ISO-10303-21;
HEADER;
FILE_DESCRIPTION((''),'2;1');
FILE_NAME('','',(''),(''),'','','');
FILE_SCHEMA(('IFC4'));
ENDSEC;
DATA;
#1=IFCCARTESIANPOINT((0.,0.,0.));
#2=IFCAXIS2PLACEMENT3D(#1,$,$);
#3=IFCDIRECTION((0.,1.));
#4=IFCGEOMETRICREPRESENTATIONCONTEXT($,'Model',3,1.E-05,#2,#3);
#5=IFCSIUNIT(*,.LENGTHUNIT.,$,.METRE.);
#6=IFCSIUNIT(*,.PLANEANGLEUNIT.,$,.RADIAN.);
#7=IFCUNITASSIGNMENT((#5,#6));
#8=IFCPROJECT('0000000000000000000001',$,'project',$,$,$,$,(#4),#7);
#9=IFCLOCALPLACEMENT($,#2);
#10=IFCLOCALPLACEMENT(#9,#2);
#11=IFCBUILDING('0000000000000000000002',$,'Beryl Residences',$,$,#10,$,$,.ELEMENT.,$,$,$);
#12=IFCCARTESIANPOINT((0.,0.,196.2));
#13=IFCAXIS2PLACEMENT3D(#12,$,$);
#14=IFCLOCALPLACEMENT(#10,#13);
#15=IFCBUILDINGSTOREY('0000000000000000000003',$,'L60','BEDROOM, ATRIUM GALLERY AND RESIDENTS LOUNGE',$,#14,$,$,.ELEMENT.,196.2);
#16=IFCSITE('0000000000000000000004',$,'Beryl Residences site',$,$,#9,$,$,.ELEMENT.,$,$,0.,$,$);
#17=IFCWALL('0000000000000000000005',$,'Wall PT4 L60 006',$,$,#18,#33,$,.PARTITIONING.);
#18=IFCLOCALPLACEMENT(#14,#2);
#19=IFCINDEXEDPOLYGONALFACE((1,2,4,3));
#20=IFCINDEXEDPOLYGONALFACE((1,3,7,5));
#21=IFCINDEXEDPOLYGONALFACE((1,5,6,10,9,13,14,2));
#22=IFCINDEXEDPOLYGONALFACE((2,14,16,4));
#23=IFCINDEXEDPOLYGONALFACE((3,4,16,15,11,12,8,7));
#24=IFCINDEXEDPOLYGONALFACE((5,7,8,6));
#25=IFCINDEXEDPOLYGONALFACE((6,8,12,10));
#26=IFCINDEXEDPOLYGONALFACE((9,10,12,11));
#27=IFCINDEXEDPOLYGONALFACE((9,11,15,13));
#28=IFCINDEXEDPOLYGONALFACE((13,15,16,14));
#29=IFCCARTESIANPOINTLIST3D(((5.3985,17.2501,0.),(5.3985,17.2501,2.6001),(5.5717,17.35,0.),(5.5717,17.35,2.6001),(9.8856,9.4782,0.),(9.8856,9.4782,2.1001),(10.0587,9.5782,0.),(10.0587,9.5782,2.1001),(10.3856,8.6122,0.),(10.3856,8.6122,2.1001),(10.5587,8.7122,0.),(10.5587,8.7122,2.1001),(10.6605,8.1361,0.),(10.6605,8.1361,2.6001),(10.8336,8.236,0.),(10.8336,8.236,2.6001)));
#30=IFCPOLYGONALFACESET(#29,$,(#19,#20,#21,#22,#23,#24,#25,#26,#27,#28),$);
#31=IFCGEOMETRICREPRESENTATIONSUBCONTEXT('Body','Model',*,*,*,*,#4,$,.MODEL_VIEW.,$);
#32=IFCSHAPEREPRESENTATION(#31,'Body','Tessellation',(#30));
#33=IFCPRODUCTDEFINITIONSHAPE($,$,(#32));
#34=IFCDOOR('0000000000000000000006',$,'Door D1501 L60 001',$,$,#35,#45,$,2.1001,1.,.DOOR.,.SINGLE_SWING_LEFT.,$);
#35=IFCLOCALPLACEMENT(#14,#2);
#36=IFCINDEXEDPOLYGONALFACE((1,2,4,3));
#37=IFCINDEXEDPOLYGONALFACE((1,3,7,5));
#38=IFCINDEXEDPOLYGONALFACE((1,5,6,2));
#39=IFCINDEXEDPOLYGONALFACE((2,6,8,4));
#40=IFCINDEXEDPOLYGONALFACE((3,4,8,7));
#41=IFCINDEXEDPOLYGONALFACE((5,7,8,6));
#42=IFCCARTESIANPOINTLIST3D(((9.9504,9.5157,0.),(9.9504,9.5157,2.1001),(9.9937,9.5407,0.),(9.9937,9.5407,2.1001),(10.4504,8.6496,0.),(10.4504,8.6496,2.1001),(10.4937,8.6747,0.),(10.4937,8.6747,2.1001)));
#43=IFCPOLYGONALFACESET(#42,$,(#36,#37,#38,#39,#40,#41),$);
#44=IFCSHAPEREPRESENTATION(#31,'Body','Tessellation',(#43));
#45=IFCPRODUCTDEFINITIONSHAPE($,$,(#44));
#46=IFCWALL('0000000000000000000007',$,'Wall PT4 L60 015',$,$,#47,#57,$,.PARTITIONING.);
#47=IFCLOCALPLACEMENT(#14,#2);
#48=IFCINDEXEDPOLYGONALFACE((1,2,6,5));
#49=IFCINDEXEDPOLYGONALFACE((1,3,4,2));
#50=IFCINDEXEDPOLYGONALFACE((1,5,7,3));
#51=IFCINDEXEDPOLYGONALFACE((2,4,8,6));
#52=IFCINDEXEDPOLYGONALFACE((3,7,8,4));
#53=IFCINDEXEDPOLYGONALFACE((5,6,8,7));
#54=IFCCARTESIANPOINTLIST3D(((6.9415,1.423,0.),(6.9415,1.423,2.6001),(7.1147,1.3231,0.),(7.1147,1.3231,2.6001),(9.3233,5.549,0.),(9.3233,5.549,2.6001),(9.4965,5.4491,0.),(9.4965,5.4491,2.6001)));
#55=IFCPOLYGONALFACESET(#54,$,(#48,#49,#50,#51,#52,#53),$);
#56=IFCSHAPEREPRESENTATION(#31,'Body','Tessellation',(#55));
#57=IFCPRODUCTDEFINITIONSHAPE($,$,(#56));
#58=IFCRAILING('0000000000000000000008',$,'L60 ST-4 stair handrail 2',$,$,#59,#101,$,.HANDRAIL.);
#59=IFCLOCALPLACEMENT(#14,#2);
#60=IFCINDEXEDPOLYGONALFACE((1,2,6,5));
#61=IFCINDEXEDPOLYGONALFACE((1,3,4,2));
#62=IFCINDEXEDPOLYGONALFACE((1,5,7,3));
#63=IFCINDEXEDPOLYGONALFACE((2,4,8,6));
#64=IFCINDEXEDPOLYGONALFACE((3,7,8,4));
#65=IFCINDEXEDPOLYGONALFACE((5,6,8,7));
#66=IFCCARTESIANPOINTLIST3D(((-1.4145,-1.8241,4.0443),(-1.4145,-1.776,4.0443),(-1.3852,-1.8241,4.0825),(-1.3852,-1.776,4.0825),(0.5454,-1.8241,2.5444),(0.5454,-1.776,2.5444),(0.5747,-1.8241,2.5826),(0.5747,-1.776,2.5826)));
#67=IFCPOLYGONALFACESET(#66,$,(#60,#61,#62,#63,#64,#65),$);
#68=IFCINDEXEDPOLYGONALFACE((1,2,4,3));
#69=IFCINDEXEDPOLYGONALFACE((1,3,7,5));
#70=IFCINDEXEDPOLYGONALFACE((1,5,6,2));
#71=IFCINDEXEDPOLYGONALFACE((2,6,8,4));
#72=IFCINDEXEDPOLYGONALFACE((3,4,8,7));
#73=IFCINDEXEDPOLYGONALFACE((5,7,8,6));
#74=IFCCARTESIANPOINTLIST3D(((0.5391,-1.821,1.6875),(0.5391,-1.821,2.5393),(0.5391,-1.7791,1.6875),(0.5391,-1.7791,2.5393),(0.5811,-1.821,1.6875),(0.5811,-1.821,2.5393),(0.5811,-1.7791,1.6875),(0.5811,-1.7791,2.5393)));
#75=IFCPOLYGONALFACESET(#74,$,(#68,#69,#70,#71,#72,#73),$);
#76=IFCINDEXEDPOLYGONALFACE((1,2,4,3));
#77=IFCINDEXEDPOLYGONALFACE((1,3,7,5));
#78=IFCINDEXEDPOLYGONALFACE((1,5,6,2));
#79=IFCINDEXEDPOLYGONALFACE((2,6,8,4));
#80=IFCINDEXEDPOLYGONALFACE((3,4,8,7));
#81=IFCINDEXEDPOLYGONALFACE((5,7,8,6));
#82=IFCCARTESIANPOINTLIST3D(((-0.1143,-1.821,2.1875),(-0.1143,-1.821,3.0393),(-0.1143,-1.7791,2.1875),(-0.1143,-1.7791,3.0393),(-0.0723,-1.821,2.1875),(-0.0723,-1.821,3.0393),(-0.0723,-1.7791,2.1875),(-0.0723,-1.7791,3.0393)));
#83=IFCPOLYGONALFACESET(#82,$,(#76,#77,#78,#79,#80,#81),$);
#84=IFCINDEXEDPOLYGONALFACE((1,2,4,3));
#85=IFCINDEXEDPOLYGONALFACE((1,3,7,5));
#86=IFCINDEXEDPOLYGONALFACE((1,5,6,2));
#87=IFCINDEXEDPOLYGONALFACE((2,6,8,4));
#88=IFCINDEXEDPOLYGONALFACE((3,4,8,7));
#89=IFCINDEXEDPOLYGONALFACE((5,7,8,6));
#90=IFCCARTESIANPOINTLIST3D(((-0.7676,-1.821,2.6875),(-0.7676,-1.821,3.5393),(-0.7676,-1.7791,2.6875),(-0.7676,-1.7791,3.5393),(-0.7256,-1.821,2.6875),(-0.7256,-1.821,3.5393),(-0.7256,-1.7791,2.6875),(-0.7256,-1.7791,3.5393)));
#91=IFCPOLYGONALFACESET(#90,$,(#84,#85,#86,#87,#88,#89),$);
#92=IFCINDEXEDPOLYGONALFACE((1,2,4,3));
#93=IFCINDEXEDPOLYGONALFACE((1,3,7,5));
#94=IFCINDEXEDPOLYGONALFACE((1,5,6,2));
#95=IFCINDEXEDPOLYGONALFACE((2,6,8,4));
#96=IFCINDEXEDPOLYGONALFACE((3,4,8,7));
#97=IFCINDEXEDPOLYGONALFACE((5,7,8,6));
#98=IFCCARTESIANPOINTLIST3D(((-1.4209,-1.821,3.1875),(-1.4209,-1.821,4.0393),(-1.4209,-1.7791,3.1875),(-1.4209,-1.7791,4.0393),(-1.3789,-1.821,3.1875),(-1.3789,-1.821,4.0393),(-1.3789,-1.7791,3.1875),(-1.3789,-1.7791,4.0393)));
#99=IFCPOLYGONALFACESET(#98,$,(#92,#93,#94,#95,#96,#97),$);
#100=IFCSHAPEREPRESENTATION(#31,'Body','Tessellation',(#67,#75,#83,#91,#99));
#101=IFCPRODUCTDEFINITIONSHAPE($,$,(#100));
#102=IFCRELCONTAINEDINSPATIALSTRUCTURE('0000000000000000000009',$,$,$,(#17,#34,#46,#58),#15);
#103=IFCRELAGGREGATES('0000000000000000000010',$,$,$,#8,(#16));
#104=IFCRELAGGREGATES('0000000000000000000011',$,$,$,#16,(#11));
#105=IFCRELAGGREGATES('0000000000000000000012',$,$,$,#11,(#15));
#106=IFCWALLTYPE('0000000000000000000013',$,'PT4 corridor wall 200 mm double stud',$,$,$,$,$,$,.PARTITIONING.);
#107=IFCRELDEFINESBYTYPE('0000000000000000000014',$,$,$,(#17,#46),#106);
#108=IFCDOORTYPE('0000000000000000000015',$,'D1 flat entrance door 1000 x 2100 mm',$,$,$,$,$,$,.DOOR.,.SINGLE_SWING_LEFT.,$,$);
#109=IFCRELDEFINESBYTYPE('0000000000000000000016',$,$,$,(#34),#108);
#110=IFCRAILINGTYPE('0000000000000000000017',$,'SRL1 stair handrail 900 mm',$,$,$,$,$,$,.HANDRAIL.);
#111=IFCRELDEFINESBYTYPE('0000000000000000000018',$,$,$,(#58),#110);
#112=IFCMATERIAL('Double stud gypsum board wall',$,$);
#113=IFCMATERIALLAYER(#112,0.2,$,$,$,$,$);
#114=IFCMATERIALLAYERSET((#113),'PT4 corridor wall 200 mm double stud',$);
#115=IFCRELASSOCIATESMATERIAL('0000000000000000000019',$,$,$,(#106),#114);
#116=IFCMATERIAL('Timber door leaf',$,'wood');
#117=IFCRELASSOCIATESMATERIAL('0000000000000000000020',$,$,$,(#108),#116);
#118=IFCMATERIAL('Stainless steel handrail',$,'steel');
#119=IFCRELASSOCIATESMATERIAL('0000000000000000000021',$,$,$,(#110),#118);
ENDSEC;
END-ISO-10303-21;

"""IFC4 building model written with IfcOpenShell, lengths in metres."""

from ifc_helpers import new_model, si_unit, direction, frame, frame_2d, origin, origin_2d, place, context, subcontext, project, spatial, rectangle, extrude, material, layer, layer_set, type_object, element, fill, save


model = new_model("IFC4")

# Units and contexts
model_context = context("Model", 3, precision=1e-05, world=origin(), true_north=direction((0.0, 1.0)))
body_context = subcontext(model_context, "Body", "Model", "MODEL_VIEW")
ifc_project = project(units=[si_unit("LENGTHUNIT", "METRE"), si_unit("PLANEANGLEUNIT", "RADIAN")], contexts=[model_context])

# Site, building, storey
site_placement = place(None, origin())
site = spatial("IfcSite", under=ifc_project, at=site_placement, Name="Beryl Residences site", CompositionType="ELEMENT", RefElevation=0.0)
building_placement = place(site_placement, origin())
building = spatial("IfcBuilding", under=site, at=building_placement, Name="Beryl Residences", CompositionType="ELEMENT")
storey_placement = place(building_placement, frame((0.0, 0.0, 196.2)))
storey = spatial("IfcBuildingStorey", under=building, at=storey_placement, Name="L60", Description="BEDROOM, ATRIUM GALLERY AND RESIDENTS LOUNGE", CompositionType="ELEMENT", Elevation=196.2)

# Shared definitions
ifc_material_1 = material(Name="Double stud gypsum board wall")
ifc_layer_1 = layer(ifc_material_1, 0.2)
ifc_layer_set_1 = layer_set([ifc_layer_1], Name="PT4 corridor wall 200 mm double stud")
wall_type_1 = type_object("IfcWallType", Name="PT4 corridor wall 200 mm double stud", PredefinedType="PARTITIONING", material=ifc_layer_set_1)

# Shared definitions
ifc_material_2 = material(Name="Timber door leaf", Category="wood")
door_type_1 = type_object("IfcDoorType", Name="D1 flat entrance door 1000 x 2100 mm", OperationType="SINGLE_SWING_LEFT", PredefinedType="DOOR", material=ifc_material_2)

# Wall, opening, door
wall_1_placement = place(storey_placement, frame((5.4851, 17.3, 0.0), z_axis=(0.0, 0.0, 1.0), x_axis=(0.499999, -0.866026, 0.0)))
wall_1 = element("IfcWall", 1, at=wall_1_placement, inside=storey, type_object=wall_type_1, Name="Wall PT4 L60 006", PredefinedType="PARTITIONING", context=body_context, shape_type="SweptSolid", body=[
    extrude(rectangle(XDim=10.5239, YDim=0.2, at=frame_2d((5.262, 0.0))), origin(), (0.0, 0.0, 1.0), 2.6001),
])
opening_1_placement = place(wall_1_placement, frame((8.9741, 0.0, 0.0)))
opening_1 = element("IfcOpeningElement", 2, at=opening_1_placement, cuts=wall_1, PredefinedType="OPENING", context=body_context, shape_type="SweptSolid", body=[
    extrude(rectangle(XDim=1.0, YDim=2.1001, at=frame_2d((0.5, 1.05))), frame((0.0, 0.1099, 0.0), z_axis=(0.0, -1.0, 0.0), x_axis=(1.0, 0.0, 0.0)), (0.0, 0.0, 1.0), 0.22),
])
door_1_placement = place(opening_1_placement, origin())
door_1 = element("IfcDoor", 3, at=door_1_placement, inside=storey, type_object=door_type_1, Name="Door D1501 L60 001", OperationType="SINGLE_SWING_LEFT", OverallHeight=2.1001, OverallWidth=1.0, PredefinedType="DOOR", context=body_context, shape_type="SweptSolid", body=[
    extrude(rectangle(XDim=1.0, YDim=2.1001, at=frame_2d((0.5, 1.05))), frame((0.0, 0.0249, 0.0), z_axis=(0.0, -1.0, 0.0), x_axis=(1.0, 0.0, 0.0)), (0.0, 0.0, 1.0), 0.05),
])
fill(opening_1, door_1)

# Wall
wall_2_placement = place(storey_placement, frame((7.0281, 1.373, 0.0), z_axis=(0.0, 0.0, 1.0), x_axis=(0.499953, 0.866052, 0.0)))
element("IfcWall", 4, at=wall_2_placement, inside=storey, type_object=wall_type_1, Name="Wall PT4 L60 015", PredefinedType="PARTITIONING", context=body_context, shape_type="SweptSolid", body=[
    extrude(rectangle(XDim=4.7642, YDim=0.2, at=frame_2d((2.3821, 0.0))), origin(), (0.0, 0.0, 1.0), 2.6001),
])

# Railing
ifc_material_3 = material(Name="Stainless steel handrail", Category="steel")
railing_type_1 = type_object("IfcRailingType", Name="SRL1 stair handrail 900 mm", PredefinedType="HANDRAIL", material=ifc_material_3)
railing_1_placement = place(storey_placement, frame((0.5601, -1.8, 1.6875)))
element("IfcRailing", 5, at=railing_1_placement, inside=storey, type_object=railing_type_1, Name="L60 ST-4 stair handrail 2", PredefinedType="HANDRAIL", context=body_context, shape_type="SweptSolid", body=[
    extrude(rectangle(XDim=0.0481, YDim=0.0481, at=origin_2d()), frame((0.0, 0.0, 0.876), z_axis=(-0.794122, 0.0, 0.607758), x_axis=(0.0, -1.0, 0.0)), (0.0, 0.0, 1.0), 2.468),
    extrude(rectangle(XDim=0.042, YDim=0.042, at=origin_2d()), origin(), (0.0, 0.0, 1.0), 0.8518),
    extrude(rectangle(XDim=0.042, YDim=0.042, at=origin_2d()), frame((-0.6533, 0.0, 0.5)), (0.0, 0.0, 1.0), 0.8518),
    extrude(rectangle(XDim=0.042, YDim=0.042, at=origin_2d()), frame((-1.3066, 0.0, 1.0)), (0.0, 0.0, 1.0), 0.8518),
    extrude(rectangle(XDim=0.042, YDim=0.042, at=origin_2d()), frame((-1.96, 0.0, 1.5)), (0.0, 0.0, 1.0), 0.8518),
])

save(model, "model.ifc")
